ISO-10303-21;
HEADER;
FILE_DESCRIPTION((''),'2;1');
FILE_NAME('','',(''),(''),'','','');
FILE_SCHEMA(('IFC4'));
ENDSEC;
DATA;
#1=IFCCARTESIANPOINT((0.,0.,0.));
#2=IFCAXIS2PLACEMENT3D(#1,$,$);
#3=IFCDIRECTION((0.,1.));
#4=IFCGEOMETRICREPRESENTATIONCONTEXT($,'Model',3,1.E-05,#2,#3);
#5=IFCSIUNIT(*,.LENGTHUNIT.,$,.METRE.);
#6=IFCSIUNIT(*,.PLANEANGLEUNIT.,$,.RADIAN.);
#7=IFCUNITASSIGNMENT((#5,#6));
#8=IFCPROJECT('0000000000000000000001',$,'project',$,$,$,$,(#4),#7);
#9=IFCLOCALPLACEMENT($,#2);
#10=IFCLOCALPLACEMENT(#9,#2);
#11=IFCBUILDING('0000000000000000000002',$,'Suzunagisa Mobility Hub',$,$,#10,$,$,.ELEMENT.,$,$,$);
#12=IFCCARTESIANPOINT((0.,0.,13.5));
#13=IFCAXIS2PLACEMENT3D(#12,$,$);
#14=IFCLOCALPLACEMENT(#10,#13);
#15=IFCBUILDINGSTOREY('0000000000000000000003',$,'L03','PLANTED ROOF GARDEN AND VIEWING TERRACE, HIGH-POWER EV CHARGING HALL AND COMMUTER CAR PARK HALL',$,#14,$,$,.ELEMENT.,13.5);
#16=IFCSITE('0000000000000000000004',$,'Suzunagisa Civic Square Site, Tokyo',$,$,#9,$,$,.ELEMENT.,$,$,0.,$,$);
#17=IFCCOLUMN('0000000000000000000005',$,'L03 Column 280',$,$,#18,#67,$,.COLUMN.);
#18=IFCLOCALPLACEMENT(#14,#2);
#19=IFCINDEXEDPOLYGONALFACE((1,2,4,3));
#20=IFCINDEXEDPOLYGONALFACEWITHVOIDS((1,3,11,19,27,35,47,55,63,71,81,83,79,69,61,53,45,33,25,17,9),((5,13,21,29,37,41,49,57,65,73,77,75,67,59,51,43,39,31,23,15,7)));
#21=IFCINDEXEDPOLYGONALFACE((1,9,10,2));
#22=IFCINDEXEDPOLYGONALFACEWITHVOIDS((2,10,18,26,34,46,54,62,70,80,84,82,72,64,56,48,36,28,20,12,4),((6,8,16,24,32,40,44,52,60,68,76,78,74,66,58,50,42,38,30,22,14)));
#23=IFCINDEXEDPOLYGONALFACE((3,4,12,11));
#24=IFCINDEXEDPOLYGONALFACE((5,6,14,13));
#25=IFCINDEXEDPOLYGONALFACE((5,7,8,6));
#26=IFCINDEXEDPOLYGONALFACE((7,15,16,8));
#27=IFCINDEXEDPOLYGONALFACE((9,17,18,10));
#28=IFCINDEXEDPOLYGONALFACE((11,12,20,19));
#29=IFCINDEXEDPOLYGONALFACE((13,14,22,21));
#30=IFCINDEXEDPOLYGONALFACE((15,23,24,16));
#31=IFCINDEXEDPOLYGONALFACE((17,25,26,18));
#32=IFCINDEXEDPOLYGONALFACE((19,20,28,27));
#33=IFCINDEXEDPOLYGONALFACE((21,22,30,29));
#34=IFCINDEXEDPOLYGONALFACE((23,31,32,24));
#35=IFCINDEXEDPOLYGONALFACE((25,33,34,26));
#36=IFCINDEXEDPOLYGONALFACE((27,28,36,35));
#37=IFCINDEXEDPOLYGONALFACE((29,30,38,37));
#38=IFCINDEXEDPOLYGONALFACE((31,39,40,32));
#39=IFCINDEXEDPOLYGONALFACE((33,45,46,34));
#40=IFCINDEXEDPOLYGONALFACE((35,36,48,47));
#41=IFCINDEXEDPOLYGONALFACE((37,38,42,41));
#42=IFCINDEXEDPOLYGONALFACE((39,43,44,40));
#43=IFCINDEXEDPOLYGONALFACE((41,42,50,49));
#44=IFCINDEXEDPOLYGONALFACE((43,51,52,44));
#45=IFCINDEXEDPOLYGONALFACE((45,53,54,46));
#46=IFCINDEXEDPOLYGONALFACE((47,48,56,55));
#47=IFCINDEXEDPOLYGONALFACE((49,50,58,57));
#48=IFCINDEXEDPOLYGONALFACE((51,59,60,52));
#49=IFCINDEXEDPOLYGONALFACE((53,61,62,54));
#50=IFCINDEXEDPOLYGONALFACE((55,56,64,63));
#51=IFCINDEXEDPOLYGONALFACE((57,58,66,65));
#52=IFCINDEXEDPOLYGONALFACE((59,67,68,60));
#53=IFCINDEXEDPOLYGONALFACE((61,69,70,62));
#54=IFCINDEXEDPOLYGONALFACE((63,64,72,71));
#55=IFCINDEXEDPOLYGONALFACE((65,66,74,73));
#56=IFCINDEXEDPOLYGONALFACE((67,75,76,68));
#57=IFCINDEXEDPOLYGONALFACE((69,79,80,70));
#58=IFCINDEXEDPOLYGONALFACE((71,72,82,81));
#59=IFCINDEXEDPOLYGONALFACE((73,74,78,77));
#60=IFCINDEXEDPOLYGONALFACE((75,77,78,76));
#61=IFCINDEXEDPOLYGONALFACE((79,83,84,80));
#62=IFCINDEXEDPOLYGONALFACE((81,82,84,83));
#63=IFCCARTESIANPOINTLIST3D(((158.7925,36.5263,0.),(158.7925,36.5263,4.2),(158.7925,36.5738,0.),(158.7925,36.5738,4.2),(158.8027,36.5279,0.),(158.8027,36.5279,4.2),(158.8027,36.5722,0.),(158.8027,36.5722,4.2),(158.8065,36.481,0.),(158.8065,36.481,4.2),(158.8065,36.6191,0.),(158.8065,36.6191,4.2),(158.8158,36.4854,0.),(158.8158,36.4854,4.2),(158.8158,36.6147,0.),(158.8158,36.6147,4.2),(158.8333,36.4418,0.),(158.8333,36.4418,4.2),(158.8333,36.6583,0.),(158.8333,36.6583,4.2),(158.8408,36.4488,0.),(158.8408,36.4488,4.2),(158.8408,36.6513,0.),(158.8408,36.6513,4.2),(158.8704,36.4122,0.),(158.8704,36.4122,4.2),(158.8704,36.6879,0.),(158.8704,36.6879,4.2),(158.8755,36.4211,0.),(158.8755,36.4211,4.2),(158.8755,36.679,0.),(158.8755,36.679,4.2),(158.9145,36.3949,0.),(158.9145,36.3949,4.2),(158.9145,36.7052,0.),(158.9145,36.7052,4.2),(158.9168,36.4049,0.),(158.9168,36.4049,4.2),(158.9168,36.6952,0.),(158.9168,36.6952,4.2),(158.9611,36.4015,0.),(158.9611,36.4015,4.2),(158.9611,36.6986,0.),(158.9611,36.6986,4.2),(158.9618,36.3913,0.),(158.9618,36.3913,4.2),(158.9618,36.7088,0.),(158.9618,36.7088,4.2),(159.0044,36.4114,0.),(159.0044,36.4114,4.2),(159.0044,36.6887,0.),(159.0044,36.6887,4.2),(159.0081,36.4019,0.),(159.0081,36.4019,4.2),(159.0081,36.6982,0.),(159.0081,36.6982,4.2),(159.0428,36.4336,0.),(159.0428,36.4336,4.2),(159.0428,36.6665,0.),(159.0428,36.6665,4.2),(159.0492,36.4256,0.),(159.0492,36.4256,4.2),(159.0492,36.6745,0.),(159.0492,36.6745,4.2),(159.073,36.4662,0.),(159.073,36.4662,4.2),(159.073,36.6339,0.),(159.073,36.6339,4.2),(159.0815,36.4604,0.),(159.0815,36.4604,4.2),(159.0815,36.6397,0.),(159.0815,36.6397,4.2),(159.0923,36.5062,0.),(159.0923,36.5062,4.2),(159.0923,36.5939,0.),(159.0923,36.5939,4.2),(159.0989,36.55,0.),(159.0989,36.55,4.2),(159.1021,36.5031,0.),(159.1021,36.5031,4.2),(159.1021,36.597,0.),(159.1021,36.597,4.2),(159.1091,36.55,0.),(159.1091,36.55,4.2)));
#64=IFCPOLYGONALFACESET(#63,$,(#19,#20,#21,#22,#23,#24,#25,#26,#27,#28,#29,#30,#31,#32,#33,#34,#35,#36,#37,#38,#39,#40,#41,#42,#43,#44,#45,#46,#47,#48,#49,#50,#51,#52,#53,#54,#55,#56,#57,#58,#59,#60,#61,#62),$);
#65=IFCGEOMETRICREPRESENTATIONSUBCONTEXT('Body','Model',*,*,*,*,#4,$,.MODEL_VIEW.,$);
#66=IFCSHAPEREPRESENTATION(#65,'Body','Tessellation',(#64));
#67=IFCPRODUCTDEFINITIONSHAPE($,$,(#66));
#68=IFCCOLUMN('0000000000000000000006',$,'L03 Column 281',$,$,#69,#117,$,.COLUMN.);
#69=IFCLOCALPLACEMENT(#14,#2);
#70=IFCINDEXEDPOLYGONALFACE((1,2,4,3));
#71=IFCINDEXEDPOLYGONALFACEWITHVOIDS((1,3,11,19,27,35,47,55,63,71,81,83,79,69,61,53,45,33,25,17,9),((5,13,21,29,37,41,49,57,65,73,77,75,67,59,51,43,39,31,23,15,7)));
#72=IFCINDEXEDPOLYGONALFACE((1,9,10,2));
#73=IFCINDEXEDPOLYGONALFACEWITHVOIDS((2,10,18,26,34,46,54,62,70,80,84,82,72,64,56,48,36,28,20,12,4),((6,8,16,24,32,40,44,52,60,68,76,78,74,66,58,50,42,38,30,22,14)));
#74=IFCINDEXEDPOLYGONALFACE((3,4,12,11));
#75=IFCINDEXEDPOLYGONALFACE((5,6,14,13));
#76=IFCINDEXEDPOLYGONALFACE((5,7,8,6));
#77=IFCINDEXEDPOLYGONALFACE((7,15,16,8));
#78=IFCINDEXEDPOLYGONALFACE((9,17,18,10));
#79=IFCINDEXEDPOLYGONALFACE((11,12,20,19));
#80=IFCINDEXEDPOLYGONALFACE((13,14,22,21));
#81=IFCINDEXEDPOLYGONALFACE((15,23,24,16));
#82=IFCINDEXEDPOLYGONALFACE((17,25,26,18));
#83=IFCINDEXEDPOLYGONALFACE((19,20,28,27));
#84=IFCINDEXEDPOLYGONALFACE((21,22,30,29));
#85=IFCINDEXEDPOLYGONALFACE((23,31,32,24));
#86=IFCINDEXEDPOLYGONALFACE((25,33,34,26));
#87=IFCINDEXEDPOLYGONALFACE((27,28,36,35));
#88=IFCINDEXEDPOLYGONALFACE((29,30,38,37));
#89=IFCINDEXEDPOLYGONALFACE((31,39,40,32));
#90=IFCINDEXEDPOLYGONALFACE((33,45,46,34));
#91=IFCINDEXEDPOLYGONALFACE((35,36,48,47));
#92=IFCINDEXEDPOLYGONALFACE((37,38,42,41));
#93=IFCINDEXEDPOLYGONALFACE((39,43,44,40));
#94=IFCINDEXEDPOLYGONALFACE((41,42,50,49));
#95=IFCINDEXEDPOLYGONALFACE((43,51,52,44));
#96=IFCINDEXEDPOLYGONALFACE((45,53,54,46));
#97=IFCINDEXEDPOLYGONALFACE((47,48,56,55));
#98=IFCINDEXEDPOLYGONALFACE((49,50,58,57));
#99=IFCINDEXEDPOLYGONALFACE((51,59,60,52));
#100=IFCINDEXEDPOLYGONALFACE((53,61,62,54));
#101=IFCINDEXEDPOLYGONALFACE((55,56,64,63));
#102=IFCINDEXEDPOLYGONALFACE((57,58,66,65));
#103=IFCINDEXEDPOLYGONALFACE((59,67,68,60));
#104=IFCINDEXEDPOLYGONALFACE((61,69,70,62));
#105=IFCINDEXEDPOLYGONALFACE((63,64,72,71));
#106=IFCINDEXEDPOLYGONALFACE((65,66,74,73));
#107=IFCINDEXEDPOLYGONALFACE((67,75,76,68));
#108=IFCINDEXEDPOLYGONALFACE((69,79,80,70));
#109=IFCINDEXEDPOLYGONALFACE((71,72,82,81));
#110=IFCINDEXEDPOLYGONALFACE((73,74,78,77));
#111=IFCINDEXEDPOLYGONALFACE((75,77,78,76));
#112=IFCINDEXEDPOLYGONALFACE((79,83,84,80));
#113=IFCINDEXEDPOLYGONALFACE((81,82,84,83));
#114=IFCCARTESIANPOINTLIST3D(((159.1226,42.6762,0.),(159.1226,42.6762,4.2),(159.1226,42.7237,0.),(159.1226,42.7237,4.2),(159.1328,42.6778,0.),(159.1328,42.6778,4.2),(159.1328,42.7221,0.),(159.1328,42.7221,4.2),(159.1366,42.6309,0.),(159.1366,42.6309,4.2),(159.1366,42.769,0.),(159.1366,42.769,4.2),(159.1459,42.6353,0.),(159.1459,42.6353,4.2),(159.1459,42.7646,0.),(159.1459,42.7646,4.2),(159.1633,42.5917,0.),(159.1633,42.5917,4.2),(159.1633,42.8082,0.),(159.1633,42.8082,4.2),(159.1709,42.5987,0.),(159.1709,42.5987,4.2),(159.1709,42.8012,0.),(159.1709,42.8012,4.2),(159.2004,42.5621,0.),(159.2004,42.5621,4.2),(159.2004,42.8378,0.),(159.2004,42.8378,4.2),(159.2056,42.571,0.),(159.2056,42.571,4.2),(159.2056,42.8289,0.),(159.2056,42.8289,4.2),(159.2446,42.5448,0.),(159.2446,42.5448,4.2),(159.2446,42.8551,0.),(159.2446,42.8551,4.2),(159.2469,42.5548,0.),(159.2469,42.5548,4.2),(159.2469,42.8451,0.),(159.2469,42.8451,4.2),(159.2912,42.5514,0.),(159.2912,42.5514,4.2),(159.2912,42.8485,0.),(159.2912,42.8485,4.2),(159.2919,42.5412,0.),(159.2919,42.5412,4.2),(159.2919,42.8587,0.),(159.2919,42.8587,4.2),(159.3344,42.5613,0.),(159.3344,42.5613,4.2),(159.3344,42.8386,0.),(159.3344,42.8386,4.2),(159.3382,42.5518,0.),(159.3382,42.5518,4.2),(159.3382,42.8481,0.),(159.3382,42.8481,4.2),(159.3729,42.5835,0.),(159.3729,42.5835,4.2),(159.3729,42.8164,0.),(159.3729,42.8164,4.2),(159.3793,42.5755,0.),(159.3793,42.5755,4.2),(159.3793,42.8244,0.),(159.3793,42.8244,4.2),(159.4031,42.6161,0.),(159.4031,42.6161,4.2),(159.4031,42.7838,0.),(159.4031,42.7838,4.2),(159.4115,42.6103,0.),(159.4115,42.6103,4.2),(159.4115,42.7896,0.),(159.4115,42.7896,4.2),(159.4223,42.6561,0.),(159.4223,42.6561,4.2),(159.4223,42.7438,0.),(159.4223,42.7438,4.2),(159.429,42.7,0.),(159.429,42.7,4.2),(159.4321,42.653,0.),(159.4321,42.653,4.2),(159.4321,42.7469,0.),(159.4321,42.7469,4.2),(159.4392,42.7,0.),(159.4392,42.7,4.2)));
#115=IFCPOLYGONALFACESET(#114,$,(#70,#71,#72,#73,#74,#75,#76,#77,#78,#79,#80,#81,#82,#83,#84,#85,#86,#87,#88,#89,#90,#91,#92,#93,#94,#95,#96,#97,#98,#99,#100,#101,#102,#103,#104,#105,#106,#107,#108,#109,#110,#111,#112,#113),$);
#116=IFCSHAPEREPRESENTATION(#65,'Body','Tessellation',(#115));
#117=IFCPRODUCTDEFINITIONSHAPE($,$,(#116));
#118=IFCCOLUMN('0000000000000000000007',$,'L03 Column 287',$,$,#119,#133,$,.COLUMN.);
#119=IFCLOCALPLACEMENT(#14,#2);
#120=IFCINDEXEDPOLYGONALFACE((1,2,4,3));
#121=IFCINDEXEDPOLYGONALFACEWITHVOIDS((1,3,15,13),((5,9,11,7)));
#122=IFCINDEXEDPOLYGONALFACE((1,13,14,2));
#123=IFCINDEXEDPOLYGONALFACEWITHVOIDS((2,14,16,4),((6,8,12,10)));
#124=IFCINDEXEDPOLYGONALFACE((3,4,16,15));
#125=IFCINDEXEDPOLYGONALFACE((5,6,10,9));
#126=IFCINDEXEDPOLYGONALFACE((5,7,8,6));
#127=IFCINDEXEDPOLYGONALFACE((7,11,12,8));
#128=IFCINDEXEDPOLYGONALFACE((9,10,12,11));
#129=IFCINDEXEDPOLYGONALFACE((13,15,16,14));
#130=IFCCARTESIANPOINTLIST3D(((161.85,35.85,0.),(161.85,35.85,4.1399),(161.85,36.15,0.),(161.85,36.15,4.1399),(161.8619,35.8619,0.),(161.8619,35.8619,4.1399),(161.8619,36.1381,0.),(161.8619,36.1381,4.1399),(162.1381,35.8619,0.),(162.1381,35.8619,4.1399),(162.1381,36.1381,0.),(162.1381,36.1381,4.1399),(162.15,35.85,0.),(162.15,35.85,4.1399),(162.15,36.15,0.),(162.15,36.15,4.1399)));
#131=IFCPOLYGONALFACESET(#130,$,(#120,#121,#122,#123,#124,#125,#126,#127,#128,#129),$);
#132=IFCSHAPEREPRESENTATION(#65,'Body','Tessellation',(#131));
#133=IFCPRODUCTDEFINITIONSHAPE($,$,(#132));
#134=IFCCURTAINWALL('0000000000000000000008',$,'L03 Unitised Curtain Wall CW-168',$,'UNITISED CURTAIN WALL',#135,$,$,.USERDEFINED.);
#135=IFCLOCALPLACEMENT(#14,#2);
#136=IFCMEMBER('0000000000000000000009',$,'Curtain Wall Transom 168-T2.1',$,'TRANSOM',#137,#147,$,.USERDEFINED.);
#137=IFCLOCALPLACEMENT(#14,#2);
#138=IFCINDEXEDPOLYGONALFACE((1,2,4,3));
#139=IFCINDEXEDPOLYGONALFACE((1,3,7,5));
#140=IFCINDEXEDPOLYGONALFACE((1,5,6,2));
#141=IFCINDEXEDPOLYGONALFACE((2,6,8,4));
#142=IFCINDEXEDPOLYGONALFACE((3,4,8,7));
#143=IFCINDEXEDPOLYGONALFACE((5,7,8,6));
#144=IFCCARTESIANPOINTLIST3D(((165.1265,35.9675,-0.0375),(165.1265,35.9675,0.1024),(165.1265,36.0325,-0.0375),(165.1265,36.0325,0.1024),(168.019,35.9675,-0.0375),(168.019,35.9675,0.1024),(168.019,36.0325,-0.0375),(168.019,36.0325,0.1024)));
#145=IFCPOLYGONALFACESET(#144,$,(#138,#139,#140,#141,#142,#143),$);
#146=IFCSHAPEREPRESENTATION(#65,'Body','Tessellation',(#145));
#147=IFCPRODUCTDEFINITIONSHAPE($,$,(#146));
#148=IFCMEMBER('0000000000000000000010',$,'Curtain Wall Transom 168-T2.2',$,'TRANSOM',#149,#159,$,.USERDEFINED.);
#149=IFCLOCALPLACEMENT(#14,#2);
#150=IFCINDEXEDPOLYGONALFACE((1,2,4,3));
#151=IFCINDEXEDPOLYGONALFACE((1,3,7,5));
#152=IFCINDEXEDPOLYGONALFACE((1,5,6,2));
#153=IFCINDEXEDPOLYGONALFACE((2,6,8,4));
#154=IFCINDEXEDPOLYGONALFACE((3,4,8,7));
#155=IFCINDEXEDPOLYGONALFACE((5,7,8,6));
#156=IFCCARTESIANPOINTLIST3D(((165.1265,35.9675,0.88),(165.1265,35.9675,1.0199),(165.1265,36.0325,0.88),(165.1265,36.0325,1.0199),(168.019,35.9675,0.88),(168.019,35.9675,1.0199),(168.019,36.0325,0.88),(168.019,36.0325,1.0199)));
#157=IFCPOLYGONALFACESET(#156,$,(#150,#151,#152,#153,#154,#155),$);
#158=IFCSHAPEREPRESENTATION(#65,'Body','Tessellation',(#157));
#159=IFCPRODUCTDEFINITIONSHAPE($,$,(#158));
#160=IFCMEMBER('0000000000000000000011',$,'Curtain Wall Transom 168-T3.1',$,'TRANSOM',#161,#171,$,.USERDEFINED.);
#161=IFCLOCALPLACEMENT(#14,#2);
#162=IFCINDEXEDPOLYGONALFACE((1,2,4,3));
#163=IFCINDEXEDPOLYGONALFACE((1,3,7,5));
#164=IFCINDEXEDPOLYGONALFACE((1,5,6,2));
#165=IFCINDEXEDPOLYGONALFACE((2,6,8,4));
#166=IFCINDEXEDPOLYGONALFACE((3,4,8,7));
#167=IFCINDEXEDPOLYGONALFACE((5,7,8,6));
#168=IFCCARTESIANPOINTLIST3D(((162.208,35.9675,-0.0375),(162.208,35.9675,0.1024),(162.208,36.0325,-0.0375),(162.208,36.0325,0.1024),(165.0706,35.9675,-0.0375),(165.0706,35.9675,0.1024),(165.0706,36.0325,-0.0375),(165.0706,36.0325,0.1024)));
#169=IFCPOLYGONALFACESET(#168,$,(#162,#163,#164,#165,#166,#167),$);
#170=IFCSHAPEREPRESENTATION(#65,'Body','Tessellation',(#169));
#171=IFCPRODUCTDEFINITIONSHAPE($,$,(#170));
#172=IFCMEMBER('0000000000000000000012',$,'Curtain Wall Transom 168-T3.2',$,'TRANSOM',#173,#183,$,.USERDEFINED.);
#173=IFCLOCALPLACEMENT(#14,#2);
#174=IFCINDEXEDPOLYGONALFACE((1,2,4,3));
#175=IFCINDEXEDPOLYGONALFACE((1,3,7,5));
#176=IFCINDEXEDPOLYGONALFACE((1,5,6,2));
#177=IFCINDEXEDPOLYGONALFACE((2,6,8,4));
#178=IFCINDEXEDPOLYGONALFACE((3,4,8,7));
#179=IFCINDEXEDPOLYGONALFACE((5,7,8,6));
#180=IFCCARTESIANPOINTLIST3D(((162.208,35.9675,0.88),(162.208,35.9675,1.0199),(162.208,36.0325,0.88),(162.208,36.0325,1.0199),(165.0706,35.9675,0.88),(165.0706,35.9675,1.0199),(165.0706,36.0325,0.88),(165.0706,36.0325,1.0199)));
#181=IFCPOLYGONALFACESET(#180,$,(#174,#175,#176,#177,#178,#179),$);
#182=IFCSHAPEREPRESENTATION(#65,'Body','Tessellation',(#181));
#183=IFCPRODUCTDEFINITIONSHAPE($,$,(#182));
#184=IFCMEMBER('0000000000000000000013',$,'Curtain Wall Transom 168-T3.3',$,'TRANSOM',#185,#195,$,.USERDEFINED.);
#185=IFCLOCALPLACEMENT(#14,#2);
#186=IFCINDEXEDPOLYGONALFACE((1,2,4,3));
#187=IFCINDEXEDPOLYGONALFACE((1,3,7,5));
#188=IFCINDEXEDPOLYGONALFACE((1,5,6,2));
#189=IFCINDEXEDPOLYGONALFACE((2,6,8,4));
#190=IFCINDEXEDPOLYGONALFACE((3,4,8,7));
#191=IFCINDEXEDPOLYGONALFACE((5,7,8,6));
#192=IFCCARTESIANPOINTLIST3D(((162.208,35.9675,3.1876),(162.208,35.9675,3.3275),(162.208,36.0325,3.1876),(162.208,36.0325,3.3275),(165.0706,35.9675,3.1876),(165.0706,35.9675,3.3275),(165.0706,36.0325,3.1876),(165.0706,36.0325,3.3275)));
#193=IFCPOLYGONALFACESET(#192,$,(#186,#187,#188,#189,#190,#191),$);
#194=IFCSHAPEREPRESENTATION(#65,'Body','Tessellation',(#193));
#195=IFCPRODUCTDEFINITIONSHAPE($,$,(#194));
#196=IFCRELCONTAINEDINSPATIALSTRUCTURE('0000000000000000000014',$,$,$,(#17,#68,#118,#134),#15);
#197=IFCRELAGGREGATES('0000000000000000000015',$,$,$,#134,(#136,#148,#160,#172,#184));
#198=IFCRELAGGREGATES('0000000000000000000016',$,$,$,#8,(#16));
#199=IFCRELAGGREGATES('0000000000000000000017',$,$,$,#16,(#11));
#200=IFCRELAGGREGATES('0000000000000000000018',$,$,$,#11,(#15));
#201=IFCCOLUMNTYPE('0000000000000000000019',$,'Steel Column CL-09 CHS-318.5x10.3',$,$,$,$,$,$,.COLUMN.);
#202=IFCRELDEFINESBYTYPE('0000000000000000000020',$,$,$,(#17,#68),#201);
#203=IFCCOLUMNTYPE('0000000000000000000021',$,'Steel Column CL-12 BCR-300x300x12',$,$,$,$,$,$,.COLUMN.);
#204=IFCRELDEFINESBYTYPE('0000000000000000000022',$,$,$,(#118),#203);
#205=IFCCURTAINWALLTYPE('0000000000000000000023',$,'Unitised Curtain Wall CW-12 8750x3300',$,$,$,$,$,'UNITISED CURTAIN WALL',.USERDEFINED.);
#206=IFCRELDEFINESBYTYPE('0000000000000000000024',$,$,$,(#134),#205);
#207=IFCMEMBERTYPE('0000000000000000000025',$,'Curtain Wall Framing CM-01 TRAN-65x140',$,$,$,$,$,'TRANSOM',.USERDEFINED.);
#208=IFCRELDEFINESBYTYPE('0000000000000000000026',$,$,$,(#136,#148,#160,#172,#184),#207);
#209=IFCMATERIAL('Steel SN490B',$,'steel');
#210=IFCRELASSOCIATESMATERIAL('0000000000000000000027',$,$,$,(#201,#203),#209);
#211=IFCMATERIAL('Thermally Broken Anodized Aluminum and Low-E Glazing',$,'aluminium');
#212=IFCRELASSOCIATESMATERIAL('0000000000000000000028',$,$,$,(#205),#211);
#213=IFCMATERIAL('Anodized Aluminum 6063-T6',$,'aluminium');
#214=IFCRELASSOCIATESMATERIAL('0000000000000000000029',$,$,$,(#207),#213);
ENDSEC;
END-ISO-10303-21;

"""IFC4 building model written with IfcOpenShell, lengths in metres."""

from ifc_helpers import new_model, si_unit, direction, frame, origin, origin_2d, place, context, subcontext, project, spatial, rectangle, hollow_rectangle, hollow_circle, extrude, material, material_profile, profile_set, type_object, element, aggregate, save


model = new_model("IFC4")

# Units and contexts
model_context = context("Model", 3, precision=1e-05, world=origin(), true_north=direction((0.0, 1.0)))
body_context = subcontext(model_context, "Body", "Model", "MODEL_VIEW")
ifc_project = project(units=[si_unit("LENGTHUNIT", "METRE"), si_unit("PLANEANGLEUNIT", "RADIAN")], contexts=[model_context])

# Site, building, storey
site_placement = place(None, origin())
site = spatial("IfcSite", under=ifc_project, at=site_placement, Name="Suzunagisa Civic Square Site, Tokyo", CompositionType="ELEMENT", RefElevation=0.0)
building_placement = place(site_placement, origin())
building = spatial("IfcBuilding", under=site, at=building_placement, Name="Suzunagisa Mobility Hub", CompositionType="ELEMENT")
storey_placement = place(building_placement, frame((0.0, 0.0, 13.5)))
storey = spatial("IfcBuildingStorey", under=building, at=storey_placement, Name="L03", Description="PLANTED ROOF GARDEN AND VIEWING TERRACE, HIGH-POWER EV CHARGING HALL AND COMMUTER CAR PARK HALL", CompositionType="ELEMENT", Elevation=13.5)

# Columns
ifc_material_1 = material(Name="Steel SN490B", Category="steel")
ifc_material_profile_1 = material_profile(ifc_material_1, hollow_circle(Radius=0.1592, WallThickness=0.0103, at=origin_2d()), Name="CHS-318.5x10.3")
ifc_profile_set_1 = profile_set([ifc_material_profile_1], Name="Steel SN490B")
column_type_1 = type_object("IfcColumnType", Name="Steel Column CL-09 CHS-318.5x10.3", PredefinedType="COLUMN", material=ifc_profile_set_1)
for number, where, z_axis, x_axis, name in (
    (1, (158.95, 36.55, 0.0), (0.0, 0.0, 1.0), (1.0, 0.0, 0.0), "L03 Column 280"),
    (2, (159.28, 42.7, 0.0), (0.0, 0.0, 1.0), (1.0, 0.0, 0.0), "L03 Column 281"),
):
    element("IfcColumn", number, at=place(storey_placement, frame(where, z_axis=z_axis, x_axis=x_axis)), inside=storey, type_object=column_type_1, Name=name, PredefinedType="COLUMN", context=body_context, shape_type="SweptSolid", body=[
        extrude(hollow_circle(Radius=0.1592, WallThickness=0.0103, at=origin_2d()), origin(), (0.0, 0.0, 1.0), 4.2),
    ])
ifc_material_profile_2 = material_profile(ifc_material_1, hollow_rectangle(XDim=0.3, YDim=0.3, WallThickness=0.012, at=origin_2d()), Name="BCR-300x300x12")
ifc_profile_set_2 = profile_set([ifc_material_profile_2], Name="Steel SN490B")
column_type_2 = type_object("IfcColumnType", Name="Steel Column CL-12 BCR-300x300x12", PredefinedType="COLUMN", material=ifc_profile_set_2)
column_placement = place(storey_placement, frame((162.0, 36.0, 0.0), z_axis=(0.0, 0.0, 1.0), x_axis=(1.0, 0.0, 0.0)))
element("IfcColumn", 3, at=column_placement, inside=storey, type_object=column_type_2, Name="L03 Column 287", PredefinedType="COLUMN", context=body_context, shape_type="SweptSolid", body=[
    extrude(hollow_rectangle(XDim=0.3, YDim=0.3, WallThickness=0.012, at=origin_2d()), origin(), (0.0, 0.0, 1.0), 4.1399),
])

# Curtain wall, members
ifc_material_2 = material(Name="Thermally Broken Anodized Aluminum and Low-E Glazing", Category="aluminium")
curtain_wall_type = type_object("IfcCurtainWallType", Name="Unitised Curtain Wall CW-12 8750x3300", ElementType="UNITISED CURTAIN WALL", PredefinedType="USERDEFINED", material=ifc_material_2)
curtain_wall_placement = place(storey_placement, origin())
curtain_wall = element("IfcCurtainWall", 4, at=curtain_wall_placement, inside=storey, type_object=curtain_wall_type, Name="L03 Unitised Curtain Wall CW-168", ObjectType="UNITISED CURTAIN WALL", PredefinedType="USERDEFINED")
ifc_material_3 = material(Name="Anodized Aluminum 6063-T6", Category="aluminium")
ifc_material_profile_3 = material_profile(ifc_material_3, rectangle(XDim=0.0649, YDim=0.1399, at=origin_2d()), Name="TRAN-65x140")
ifc_profile_set_3 = profile_set([ifc_material_profile_3], Name="Anodized Aluminum 6063-T6")
member_type_1 = type_object("IfcMemberType", Name="Curtain Wall Framing CM-01 TRAN-65x140", ElementType="TRANSOM", PredefinedType="USERDEFINED", material=ifc_profile_set_3)
member_1_placement = place(storey_placement, frame((168.019, 36.0, 0.0325), z_axis=(-1.0, 0.0, 0.0), x_axis=(0.0, -1.0, 0.0)))
member_1 = element("IfcMember", 5, at=member_1_placement, type_object=member_type_1, Name="Curtain Wall Transom 168-T2.1", ObjectType="TRANSOM", PredefinedType="USERDEFINED", context=body_context, shape_type="SweptSolid", body=[
    extrude(rectangle(XDim=0.0649, YDim=0.1399, at=origin_2d()), origin(), (0.0, 0.0, 1.0), 2.8926),
])
member_2_placement = place(storey_placement, frame((168.019, 36.0, 0.95), z_axis=(-1.0, 0.0, 0.0), x_axis=(0.0, -1.0, 0.0)))
member_2 = element("IfcMember", 6, at=member_2_placement, type_object=member_type_1, Name="Curtain Wall Transom 168-T2.2", ObjectType="TRANSOM", PredefinedType="USERDEFINED", context=body_context, shape_type="SweptSolid", body=[
    extrude(rectangle(XDim=0.0649, YDim=0.1399, at=origin_2d()), origin(), (0.0, 0.0, 1.0), 2.8926),
])
member_3_placement = place(storey_placement, frame((165.0706, 36.0, 0.0325), z_axis=(-1.0, 0.0, 0.0), x_axis=(0.0, -1.0, 0.0)))
member_3 = element("IfcMember", 7, at=member_3_placement, type_object=member_type_1, Name="Curtain Wall Transom 168-T3.1", ObjectType="TRANSOM", PredefinedType="USERDEFINED", context=body_context, shape_type="SweptSolid", body=[
    extrude(rectangle(XDim=0.0649, YDim=0.1399, at=origin_2d()), origin(), (0.0, 0.0, 1.0), 2.8625),
])
member_4_placement = place(storey_placement, frame((165.0706, 36.0, 0.95), z_axis=(-1.0, 0.0, 0.0), x_axis=(0.0, -1.0, 0.0)))
member_4 = element("IfcMember", 8, at=member_4_placement, type_object=member_type_1, Name="Curtain Wall Transom 168-T3.2", ObjectType="TRANSOM", PredefinedType="USERDEFINED", context=body_context, shape_type="SweptSolid", body=[
    extrude(rectangle(XDim=0.0649, YDim=0.1399, at=origin_2d()), origin(), (0.0, 0.0, 1.0), 2.8625),
])
member_5_placement = place(storey_placement, frame((165.0706, 36.0, 3.2576), z_axis=(-1.0, 0.0, 0.0), x_axis=(0.0, -1.0, 0.0)))
member_5 = element("IfcMember", 9, at=member_5_placement, type_object=member_type_1, Name="Curtain Wall Transom 168-T3.3", ObjectType="TRANSOM", PredefinedType="USERDEFINED", context=body_context, shape_type="SweptSolid", body=[
    extrude(rectangle(XDim=0.0649, YDim=0.1399, at=origin_2d()), origin(), (0.0, 0.0, 1.0), 2.8625),
])

aggregate(curtain_wall, [member_1, member_2, member_3, member_4, member_5])

save(model, "model.ifc")
